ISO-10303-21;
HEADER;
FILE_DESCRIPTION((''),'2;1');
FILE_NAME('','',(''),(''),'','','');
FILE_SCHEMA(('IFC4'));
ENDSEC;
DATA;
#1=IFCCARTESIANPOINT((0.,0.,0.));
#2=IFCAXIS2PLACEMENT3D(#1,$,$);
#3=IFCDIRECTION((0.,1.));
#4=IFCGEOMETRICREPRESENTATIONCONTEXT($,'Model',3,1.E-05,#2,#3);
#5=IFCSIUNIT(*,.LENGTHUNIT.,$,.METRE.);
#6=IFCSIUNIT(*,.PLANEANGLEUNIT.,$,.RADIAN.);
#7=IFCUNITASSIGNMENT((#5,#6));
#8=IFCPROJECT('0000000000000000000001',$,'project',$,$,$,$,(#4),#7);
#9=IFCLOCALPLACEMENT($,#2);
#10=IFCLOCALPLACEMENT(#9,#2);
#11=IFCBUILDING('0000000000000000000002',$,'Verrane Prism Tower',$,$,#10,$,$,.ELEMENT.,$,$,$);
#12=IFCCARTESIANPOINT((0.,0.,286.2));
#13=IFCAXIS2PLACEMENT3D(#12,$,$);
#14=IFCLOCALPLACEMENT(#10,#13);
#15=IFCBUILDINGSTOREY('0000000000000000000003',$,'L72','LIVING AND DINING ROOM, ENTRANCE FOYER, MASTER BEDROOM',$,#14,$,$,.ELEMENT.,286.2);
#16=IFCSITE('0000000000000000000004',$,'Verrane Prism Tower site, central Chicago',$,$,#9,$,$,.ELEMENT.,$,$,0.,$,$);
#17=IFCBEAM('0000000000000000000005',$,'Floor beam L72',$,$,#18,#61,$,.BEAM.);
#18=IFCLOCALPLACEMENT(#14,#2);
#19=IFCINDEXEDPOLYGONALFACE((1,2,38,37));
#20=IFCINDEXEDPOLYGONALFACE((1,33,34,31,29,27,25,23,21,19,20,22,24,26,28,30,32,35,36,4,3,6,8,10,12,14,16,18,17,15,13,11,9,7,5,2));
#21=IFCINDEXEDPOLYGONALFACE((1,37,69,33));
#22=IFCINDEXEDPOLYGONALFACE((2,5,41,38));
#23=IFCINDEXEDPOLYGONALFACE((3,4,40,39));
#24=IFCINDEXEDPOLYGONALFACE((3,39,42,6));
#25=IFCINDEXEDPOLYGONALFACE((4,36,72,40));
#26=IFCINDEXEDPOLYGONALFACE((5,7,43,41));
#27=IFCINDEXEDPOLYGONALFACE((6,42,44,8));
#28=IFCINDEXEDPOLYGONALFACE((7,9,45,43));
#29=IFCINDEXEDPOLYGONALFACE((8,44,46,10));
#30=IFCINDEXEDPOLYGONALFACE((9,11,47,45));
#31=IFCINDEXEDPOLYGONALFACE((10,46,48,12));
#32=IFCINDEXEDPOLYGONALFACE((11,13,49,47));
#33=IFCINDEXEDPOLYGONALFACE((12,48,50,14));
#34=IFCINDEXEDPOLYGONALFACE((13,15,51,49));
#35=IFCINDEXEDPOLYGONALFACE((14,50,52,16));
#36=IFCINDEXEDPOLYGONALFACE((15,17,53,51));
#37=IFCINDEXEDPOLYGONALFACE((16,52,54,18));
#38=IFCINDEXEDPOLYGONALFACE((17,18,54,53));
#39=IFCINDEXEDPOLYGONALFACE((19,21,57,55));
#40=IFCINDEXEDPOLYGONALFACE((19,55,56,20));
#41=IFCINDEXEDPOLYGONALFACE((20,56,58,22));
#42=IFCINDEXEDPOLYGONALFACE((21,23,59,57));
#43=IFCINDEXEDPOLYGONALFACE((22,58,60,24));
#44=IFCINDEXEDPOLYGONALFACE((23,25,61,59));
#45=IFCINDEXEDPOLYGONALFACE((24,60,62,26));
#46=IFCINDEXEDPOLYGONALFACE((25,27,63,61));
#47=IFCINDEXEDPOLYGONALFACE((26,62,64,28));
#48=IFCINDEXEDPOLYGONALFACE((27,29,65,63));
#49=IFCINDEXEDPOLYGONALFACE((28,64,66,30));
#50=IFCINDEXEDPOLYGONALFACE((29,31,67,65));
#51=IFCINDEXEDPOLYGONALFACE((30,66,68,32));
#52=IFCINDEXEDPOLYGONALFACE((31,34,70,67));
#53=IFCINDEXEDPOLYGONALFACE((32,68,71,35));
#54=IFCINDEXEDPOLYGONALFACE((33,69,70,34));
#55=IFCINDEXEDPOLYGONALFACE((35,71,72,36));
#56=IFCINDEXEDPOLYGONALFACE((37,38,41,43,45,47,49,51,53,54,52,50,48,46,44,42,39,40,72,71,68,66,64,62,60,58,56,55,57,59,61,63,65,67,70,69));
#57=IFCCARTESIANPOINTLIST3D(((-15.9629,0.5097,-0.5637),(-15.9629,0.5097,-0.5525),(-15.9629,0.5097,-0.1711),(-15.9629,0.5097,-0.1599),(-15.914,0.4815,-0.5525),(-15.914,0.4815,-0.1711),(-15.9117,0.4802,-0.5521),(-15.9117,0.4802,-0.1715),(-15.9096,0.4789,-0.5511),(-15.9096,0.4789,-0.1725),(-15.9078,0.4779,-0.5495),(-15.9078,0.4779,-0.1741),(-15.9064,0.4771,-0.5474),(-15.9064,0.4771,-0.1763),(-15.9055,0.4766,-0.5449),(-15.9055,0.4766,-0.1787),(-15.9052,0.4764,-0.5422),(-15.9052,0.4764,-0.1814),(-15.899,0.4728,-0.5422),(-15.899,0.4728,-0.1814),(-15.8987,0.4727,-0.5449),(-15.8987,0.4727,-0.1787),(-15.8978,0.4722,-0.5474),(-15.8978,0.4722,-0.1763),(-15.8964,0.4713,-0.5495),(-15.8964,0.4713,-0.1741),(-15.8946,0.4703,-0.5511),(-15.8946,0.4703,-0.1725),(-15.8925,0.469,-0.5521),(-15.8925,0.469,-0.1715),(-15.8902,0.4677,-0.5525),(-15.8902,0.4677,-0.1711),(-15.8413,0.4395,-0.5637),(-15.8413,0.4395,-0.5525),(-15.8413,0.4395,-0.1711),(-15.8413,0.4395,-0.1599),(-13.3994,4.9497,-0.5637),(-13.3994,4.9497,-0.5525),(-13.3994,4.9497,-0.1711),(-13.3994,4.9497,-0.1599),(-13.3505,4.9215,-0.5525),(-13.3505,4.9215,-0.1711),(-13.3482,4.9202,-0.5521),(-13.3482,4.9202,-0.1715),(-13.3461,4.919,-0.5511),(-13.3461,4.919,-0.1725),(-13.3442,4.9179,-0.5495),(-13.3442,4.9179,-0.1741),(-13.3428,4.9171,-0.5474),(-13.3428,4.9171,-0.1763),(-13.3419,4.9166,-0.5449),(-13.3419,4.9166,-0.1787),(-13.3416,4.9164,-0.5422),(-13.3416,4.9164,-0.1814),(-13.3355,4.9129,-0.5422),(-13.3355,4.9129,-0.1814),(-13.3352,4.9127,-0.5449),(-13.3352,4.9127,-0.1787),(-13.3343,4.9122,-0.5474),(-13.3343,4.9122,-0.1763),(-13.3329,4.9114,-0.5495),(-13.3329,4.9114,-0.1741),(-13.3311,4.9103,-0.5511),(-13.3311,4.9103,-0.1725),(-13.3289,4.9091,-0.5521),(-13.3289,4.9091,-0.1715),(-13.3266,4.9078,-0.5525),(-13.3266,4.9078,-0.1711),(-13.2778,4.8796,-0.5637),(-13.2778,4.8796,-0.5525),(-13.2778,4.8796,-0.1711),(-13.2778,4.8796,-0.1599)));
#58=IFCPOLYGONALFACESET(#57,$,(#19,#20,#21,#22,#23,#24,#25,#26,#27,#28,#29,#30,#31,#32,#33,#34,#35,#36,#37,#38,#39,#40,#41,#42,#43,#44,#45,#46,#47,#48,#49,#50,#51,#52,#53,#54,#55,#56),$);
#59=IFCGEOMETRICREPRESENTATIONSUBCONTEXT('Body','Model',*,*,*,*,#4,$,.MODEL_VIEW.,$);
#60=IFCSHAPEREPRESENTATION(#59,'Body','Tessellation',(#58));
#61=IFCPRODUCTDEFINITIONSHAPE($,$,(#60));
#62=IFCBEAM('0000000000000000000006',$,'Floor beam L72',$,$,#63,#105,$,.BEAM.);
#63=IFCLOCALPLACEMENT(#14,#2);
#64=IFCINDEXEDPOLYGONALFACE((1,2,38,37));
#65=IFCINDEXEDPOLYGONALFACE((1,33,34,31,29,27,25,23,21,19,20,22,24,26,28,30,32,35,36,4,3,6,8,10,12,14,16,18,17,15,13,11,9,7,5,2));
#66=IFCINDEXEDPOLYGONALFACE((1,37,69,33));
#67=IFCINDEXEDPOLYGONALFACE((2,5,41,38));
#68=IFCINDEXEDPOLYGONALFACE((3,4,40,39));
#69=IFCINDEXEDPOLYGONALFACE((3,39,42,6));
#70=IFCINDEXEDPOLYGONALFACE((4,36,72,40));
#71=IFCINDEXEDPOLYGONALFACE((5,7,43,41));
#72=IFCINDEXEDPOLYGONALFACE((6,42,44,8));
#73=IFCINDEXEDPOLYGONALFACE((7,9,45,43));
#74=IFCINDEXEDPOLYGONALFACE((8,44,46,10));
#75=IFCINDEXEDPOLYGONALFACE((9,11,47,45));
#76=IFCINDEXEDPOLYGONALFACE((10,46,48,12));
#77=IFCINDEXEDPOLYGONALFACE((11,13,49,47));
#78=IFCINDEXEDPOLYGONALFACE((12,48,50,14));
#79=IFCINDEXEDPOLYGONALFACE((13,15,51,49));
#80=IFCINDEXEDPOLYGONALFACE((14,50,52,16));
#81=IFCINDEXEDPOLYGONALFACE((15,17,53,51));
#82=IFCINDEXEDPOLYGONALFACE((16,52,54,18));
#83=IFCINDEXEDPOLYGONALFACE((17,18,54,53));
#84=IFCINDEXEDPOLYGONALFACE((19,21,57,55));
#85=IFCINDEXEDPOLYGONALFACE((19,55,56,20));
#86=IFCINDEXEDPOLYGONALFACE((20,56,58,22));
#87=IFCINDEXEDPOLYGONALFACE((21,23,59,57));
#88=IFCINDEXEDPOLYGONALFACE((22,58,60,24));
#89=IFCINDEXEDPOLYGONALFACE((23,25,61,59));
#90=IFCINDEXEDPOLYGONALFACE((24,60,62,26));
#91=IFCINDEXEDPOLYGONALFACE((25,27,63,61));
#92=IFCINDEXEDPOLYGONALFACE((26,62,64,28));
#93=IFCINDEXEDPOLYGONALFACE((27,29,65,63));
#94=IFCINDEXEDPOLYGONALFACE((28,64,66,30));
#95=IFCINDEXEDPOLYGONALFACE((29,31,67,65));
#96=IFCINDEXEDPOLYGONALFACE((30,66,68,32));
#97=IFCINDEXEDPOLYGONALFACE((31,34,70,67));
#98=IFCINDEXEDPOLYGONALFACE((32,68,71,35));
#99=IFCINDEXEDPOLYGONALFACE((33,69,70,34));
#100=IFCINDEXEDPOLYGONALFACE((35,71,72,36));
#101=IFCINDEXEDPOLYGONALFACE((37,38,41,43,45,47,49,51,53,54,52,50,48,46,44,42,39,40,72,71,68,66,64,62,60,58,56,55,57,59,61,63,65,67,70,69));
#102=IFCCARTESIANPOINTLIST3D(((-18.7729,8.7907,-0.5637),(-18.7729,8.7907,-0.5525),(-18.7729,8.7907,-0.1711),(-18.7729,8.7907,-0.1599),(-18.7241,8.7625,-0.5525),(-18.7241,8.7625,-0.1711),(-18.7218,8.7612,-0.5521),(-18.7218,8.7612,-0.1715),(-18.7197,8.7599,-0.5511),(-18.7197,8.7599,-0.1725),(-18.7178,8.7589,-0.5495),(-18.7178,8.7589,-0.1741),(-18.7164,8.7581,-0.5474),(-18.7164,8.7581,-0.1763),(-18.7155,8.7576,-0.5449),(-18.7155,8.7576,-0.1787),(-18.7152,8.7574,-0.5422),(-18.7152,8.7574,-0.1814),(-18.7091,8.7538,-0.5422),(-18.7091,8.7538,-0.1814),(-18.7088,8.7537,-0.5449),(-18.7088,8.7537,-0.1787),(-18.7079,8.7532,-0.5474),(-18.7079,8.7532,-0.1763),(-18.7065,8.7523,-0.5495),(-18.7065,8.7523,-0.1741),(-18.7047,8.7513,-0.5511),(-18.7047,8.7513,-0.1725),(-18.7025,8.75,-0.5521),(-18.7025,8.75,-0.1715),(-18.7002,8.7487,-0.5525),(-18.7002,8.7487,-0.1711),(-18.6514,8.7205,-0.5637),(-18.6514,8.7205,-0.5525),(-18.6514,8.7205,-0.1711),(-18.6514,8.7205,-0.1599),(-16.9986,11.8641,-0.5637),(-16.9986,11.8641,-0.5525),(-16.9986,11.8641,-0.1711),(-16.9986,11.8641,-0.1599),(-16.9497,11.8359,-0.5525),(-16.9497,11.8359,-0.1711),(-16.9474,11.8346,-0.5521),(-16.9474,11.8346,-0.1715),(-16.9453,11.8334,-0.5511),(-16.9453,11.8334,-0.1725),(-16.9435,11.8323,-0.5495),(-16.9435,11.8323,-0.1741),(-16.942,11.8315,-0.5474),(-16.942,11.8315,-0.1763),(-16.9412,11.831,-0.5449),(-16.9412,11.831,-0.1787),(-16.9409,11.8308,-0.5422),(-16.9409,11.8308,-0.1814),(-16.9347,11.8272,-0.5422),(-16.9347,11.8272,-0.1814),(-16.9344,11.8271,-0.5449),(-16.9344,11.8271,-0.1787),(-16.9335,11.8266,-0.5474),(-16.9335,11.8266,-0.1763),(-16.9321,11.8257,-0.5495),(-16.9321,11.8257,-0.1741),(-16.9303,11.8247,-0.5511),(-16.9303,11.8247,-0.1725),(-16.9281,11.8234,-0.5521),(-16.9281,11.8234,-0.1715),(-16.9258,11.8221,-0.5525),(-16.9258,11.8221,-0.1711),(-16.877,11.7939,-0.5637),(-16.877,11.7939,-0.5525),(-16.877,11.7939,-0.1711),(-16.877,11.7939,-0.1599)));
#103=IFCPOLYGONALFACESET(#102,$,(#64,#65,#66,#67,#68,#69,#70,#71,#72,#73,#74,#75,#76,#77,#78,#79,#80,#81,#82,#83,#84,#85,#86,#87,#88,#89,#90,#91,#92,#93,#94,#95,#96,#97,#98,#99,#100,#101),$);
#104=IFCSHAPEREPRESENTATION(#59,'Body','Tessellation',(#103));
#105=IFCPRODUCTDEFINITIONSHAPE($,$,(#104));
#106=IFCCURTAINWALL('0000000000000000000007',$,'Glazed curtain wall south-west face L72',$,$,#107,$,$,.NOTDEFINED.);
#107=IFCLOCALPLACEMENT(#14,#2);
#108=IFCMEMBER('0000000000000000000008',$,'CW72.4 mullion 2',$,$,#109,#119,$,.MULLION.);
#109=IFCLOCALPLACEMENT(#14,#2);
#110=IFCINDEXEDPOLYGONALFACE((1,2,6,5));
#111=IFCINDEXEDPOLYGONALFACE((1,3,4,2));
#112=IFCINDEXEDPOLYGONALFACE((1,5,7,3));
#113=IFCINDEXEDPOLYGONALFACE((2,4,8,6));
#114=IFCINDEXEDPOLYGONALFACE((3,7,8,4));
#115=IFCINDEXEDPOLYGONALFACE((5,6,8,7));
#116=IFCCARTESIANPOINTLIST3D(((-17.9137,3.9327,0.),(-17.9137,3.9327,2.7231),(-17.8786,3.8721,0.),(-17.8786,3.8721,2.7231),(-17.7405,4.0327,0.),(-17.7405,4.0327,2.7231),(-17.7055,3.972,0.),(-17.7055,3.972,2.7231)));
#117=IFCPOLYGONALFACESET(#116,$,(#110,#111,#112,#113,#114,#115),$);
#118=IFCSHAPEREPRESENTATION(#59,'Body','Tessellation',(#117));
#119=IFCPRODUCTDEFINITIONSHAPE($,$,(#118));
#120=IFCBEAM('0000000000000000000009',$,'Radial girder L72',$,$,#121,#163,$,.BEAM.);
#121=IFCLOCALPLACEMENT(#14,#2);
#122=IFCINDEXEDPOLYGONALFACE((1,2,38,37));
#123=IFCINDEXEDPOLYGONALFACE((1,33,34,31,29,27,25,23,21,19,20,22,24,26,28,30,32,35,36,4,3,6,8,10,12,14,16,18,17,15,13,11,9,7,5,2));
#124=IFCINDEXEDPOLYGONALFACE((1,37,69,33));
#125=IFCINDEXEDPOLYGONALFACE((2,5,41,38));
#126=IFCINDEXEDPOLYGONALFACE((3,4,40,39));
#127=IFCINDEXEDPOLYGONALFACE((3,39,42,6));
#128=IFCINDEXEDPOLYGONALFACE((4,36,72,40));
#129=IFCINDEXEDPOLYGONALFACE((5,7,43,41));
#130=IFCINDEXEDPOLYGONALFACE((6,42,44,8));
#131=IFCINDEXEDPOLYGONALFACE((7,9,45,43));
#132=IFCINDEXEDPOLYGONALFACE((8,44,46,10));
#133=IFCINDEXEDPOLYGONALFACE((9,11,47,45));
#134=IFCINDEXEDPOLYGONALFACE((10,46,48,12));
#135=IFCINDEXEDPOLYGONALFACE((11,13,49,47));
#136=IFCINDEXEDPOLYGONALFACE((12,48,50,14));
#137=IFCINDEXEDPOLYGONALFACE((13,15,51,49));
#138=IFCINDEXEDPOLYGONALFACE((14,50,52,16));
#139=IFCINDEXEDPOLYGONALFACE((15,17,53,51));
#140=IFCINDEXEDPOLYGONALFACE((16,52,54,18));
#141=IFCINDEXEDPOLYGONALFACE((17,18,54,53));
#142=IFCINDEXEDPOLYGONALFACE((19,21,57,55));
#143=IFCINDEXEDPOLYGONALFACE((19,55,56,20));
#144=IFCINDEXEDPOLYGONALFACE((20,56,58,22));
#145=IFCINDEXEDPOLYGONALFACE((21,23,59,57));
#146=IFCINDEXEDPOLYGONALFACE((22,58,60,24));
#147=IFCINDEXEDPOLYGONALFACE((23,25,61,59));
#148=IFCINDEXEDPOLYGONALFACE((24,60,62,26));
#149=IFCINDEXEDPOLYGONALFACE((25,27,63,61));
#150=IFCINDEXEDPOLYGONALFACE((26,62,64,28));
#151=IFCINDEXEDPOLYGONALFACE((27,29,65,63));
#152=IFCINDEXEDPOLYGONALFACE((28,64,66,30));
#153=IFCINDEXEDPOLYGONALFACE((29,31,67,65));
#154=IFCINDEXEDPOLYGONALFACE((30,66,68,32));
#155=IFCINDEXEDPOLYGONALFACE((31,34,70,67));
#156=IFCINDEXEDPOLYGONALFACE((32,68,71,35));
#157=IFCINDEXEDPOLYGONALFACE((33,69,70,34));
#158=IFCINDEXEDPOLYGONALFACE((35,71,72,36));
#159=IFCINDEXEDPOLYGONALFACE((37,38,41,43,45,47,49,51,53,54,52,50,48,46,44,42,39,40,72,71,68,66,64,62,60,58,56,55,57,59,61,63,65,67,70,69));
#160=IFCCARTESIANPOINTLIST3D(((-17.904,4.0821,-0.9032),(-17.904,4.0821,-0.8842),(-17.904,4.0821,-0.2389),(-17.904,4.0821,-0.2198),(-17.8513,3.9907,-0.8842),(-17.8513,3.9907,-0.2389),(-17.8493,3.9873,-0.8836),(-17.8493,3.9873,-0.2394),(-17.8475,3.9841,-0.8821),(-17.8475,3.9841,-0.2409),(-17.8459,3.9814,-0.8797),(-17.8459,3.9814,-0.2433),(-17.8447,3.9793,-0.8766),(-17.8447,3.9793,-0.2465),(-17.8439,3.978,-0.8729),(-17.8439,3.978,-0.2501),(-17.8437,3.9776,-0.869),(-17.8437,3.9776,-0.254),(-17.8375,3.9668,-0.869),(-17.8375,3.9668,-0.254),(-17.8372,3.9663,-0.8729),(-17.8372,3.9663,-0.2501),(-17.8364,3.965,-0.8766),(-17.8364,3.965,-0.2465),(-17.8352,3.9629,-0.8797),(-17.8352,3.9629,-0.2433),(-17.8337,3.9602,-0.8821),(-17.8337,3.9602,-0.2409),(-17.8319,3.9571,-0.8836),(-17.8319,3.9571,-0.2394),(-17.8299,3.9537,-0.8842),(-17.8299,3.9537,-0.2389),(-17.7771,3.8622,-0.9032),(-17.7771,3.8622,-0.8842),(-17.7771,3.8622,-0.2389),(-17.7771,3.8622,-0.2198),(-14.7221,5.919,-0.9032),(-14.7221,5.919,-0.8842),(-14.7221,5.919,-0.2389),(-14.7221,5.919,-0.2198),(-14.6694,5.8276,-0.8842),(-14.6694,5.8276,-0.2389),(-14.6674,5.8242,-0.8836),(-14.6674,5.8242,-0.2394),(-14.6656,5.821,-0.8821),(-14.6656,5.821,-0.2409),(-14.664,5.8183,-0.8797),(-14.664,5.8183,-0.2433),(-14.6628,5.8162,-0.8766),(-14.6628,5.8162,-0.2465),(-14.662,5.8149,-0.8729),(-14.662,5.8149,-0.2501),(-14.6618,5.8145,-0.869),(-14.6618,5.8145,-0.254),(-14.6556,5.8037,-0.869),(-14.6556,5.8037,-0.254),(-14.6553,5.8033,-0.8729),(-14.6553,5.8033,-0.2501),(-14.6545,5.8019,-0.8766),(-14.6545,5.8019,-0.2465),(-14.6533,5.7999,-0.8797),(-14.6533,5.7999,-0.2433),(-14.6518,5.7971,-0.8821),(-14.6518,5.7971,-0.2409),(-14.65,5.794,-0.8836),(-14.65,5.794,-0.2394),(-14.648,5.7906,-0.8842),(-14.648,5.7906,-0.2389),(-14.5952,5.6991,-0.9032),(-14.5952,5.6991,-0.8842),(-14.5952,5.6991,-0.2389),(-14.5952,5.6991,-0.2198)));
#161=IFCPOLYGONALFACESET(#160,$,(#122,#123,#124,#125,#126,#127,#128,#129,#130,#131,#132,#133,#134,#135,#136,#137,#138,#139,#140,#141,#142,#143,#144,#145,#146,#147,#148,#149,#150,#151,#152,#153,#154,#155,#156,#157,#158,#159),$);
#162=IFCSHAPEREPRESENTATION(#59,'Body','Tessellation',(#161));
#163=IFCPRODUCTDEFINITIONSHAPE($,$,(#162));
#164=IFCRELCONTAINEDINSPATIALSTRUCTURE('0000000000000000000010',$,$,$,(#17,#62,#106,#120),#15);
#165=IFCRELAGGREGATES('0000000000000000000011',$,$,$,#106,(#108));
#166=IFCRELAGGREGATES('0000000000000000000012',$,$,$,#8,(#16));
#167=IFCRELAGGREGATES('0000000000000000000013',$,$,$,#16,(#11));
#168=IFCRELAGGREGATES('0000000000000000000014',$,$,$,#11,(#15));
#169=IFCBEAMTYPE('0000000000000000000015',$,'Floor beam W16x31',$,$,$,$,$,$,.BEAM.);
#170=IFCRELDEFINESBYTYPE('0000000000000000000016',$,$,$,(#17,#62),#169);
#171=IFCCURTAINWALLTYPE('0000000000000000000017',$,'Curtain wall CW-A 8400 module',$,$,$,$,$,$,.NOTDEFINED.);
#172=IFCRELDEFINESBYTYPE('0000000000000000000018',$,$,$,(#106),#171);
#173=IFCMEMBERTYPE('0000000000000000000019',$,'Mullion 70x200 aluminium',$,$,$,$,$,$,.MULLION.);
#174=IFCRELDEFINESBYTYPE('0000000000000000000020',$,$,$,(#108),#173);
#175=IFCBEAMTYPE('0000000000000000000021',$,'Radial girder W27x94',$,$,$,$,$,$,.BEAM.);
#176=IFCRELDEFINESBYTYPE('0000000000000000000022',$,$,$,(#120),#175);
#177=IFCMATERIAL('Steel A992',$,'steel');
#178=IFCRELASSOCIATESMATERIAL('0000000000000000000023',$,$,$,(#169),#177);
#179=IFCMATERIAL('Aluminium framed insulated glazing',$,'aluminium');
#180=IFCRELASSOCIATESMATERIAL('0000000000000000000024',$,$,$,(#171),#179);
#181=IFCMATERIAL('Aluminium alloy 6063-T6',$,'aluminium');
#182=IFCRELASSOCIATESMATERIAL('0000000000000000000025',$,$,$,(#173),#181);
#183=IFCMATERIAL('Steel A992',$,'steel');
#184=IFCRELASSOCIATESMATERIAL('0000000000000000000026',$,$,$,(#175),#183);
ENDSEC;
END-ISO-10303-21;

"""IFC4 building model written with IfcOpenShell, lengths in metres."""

from ifc_helpers import new_model, si_unit, direction, frame, origin, origin_2d, place, context, subcontext, project, spatial, rectangle, i_section, extrude, material, material_profile, profile_set, type_object, element, aggregate, save


model = new_model("IFC4")

# Units and contexts
model_context = context("Model", 3, precision=1e-05, world=origin(), true_north=direction((0.0, 1.0)))
body_context = subcontext(model_context, "Body", "Model", "MODEL_VIEW")
ifc_project = project(units=[si_unit("LENGTHUNIT", "METRE"), si_unit("PLANEANGLEUNIT", "RADIAN")], contexts=[model_context])

# Site, building, storey
site_placement = place(None, origin())
site = spatial("IfcSite", under=ifc_project, at=site_placement, Name="Verrane Prism Tower site, central Chicago", CompositionType="ELEMENT", RefElevation=0.0)
building_placement = place(site_placement, origin())
building = spatial("IfcBuilding", under=site, at=building_placement, Name="Verrane Prism Tower", CompositionType="ELEMENT")
storey_placement = place(building_placement, frame((0.0, 0.0, 286.2)))
storey = spatial("IfcBuildingStorey", under=building, at=storey_placement, Name="L72", Description="LIVING AND DINING ROOM, ENTRANCE FOYER, MASTER BEDROOM", CompositionType="ELEMENT", Elevation=286.2)

# Beams
ifc_material_1 = material(Name="Steel A992", Category="steel")
ifc_material_profile_1 = material_profile(ifc_material_1, i_section(OverallWidth=0.1404, OverallDepth=0.4038, WebThickness=0.0071, FlangeThickness=0.0112, FilletRadius=0.0103, at=origin_2d()), Name="W16x31")
ifc_profile_set_1 = profile_set([ifc_material_profile_1], Name="Steel A992")
beam_type_1 = type_object("IfcBeamType", Name="Floor beam W16x31", PredefinedType="BEAM", material=ifc_profile_set_1)
beam_1_placement = place(storey_placement, frame((-15.9021, 0.4746, -0.3618), z_axis=(0.500011, 0.866019, 0.0), x_axis=(-0.866019, 0.500011, 0.0)))
element("IfcBeam", 1, at=beam_1_placement, inside=storey, type_object=beam_type_1, Name="Floor beam L72", PredefinedType="BEAM", context=body_context, shape_type="SweptSolid", body=[
    extrude(i_section(OverallWidth=0.1404, OverallDepth=0.4038, WebThickness=0.0071, FlangeThickness=0.0112, FilletRadius=0.0103, at=origin_2d()), origin(), (0.0, 0.0, 1.0), 5.127),
])
beam_2_placement = place(storey_placement, frame((-18.7122, 8.7556, -0.3618), z_axis=(0.499986, 0.866033, 0.0), x_axis=(-0.866033, 0.499986, 0.0)))
element("IfcBeam", 2, at=beam_2_placement, inside=storey, type_object=beam_type_1, Name="Floor beam L72", PredefinedType="BEAM", context=body_context, shape_type="SweptSolid", body=[
    extrude(i_section(OverallWidth=0.1404, OverallDepth=0.4038, WebThickness=0.0071, FlangeThickness=0.0112, FilletRadius=0.0103, at=origin_2d()), origin(), (0.0, 0.0, 1.0), 3.5488),
])

# Curtain wall, member
ifc_material_2 = material(Name="Aluminium framed insulated glazing", Category="aluminium")
curtain_wall_type = type_object("IfcCurtainWallType", Name="Curtain wall CW-A 8400 module", PredefinedType="NOTDEFINED", material=ifc_material_2)
curtain_wall_placement = place(storey_placement, origin())
curtain_wall = element("IfcCurtainWall", 3, at=curtain_wall_placement, inside=storey, type_object=curtain_wall_type, Name="Glazed curtain wall south-west face L72", PredefinedType="NOTDEFINED")
ifc_material_3 = material(Name="Aluminium alloy 6063-T6", Category="aluminium")
ifc_material_profile_2 = material_profile(ifc_material_3, rectangle(XDim=0.2, YDim=0.0701, at=origin_2d()), Name="Mullion 70x200 aluminium")
ifc_profile_set_2 = profile_set([ifc_material_profile_2], Name="Aluminium alloy 6063-T6")
member_type_1 = type_object("IfcMemberType", Name="Mullion 70x200 aluminium", PredefinedType="MULLION", material=ifc_profile_set_2)
member_1_placement = place(storey_placement, frame((-17.8096, 3.9524, 0.0), z_axis=(0.0, 0.0, 1.0), x_axis=(0.866025, 0.500001, 0.0)))
member_1 = element("IfcMember", 4, at=member_1_placement, type_object=member_type_1, Name="CW72.4 mullion 2", PredefinedType="MULLION", context=body_context, shape_type="SweptSolid", body=[
    extrude(rectangle(XDim=0.2, YDim=0.0701, at=origin_2d()), origin(), (0.0, 0.0, 1.0), 2.7231),
])

# Beam
ifc_material_4 = material(Name="Steel A992", Category="steel")
ifc_material_profile_3 = material_profile(ifc_material_4, i_section(OverallWidth=0.2539, OverallDepth=0.6833, WebThickness=0.0125, FlangeThickness=0.019, FilletRadius=0.0151, at=origin_2d()), Name="W27x94")
ifc_profile_set_3 = profile_set([ifc_material_profile_3], Name="Steel A992")
beam_type_2 = type_object("IfcBeamType", Name="Radial girder W27x94", PredefinedType="BEAM", material=ifc_profile_set_3)
beam_3_placement = place(storey_placement, frame((-17.8406, 3.9722, -0.5615), z_axis=(0.866043, 0.49997, 0.0), x_axis=(-0.49997, 0.866043, 0.0)))
element("IfcBeam", 5, at=beam_3_placement, inside=storey, type_object=beam_type_2, Name="Radial girder L72", PredefinedType="BEAM", context=body_context, shape_type="SweptSolid", body=[
    extrude(i_section(OverallWidth=0.2539, OverallDepth=0.6833, WebThickness=0.0125, FlangeThickness=0.019, FilletRadius=0.0151, at=origin_2d()), origin(), (0.0, 0.0, 1.0), 3.6741),
])

aggregate(curtain_wall, [member_1])

save(model, "model.ifc")
